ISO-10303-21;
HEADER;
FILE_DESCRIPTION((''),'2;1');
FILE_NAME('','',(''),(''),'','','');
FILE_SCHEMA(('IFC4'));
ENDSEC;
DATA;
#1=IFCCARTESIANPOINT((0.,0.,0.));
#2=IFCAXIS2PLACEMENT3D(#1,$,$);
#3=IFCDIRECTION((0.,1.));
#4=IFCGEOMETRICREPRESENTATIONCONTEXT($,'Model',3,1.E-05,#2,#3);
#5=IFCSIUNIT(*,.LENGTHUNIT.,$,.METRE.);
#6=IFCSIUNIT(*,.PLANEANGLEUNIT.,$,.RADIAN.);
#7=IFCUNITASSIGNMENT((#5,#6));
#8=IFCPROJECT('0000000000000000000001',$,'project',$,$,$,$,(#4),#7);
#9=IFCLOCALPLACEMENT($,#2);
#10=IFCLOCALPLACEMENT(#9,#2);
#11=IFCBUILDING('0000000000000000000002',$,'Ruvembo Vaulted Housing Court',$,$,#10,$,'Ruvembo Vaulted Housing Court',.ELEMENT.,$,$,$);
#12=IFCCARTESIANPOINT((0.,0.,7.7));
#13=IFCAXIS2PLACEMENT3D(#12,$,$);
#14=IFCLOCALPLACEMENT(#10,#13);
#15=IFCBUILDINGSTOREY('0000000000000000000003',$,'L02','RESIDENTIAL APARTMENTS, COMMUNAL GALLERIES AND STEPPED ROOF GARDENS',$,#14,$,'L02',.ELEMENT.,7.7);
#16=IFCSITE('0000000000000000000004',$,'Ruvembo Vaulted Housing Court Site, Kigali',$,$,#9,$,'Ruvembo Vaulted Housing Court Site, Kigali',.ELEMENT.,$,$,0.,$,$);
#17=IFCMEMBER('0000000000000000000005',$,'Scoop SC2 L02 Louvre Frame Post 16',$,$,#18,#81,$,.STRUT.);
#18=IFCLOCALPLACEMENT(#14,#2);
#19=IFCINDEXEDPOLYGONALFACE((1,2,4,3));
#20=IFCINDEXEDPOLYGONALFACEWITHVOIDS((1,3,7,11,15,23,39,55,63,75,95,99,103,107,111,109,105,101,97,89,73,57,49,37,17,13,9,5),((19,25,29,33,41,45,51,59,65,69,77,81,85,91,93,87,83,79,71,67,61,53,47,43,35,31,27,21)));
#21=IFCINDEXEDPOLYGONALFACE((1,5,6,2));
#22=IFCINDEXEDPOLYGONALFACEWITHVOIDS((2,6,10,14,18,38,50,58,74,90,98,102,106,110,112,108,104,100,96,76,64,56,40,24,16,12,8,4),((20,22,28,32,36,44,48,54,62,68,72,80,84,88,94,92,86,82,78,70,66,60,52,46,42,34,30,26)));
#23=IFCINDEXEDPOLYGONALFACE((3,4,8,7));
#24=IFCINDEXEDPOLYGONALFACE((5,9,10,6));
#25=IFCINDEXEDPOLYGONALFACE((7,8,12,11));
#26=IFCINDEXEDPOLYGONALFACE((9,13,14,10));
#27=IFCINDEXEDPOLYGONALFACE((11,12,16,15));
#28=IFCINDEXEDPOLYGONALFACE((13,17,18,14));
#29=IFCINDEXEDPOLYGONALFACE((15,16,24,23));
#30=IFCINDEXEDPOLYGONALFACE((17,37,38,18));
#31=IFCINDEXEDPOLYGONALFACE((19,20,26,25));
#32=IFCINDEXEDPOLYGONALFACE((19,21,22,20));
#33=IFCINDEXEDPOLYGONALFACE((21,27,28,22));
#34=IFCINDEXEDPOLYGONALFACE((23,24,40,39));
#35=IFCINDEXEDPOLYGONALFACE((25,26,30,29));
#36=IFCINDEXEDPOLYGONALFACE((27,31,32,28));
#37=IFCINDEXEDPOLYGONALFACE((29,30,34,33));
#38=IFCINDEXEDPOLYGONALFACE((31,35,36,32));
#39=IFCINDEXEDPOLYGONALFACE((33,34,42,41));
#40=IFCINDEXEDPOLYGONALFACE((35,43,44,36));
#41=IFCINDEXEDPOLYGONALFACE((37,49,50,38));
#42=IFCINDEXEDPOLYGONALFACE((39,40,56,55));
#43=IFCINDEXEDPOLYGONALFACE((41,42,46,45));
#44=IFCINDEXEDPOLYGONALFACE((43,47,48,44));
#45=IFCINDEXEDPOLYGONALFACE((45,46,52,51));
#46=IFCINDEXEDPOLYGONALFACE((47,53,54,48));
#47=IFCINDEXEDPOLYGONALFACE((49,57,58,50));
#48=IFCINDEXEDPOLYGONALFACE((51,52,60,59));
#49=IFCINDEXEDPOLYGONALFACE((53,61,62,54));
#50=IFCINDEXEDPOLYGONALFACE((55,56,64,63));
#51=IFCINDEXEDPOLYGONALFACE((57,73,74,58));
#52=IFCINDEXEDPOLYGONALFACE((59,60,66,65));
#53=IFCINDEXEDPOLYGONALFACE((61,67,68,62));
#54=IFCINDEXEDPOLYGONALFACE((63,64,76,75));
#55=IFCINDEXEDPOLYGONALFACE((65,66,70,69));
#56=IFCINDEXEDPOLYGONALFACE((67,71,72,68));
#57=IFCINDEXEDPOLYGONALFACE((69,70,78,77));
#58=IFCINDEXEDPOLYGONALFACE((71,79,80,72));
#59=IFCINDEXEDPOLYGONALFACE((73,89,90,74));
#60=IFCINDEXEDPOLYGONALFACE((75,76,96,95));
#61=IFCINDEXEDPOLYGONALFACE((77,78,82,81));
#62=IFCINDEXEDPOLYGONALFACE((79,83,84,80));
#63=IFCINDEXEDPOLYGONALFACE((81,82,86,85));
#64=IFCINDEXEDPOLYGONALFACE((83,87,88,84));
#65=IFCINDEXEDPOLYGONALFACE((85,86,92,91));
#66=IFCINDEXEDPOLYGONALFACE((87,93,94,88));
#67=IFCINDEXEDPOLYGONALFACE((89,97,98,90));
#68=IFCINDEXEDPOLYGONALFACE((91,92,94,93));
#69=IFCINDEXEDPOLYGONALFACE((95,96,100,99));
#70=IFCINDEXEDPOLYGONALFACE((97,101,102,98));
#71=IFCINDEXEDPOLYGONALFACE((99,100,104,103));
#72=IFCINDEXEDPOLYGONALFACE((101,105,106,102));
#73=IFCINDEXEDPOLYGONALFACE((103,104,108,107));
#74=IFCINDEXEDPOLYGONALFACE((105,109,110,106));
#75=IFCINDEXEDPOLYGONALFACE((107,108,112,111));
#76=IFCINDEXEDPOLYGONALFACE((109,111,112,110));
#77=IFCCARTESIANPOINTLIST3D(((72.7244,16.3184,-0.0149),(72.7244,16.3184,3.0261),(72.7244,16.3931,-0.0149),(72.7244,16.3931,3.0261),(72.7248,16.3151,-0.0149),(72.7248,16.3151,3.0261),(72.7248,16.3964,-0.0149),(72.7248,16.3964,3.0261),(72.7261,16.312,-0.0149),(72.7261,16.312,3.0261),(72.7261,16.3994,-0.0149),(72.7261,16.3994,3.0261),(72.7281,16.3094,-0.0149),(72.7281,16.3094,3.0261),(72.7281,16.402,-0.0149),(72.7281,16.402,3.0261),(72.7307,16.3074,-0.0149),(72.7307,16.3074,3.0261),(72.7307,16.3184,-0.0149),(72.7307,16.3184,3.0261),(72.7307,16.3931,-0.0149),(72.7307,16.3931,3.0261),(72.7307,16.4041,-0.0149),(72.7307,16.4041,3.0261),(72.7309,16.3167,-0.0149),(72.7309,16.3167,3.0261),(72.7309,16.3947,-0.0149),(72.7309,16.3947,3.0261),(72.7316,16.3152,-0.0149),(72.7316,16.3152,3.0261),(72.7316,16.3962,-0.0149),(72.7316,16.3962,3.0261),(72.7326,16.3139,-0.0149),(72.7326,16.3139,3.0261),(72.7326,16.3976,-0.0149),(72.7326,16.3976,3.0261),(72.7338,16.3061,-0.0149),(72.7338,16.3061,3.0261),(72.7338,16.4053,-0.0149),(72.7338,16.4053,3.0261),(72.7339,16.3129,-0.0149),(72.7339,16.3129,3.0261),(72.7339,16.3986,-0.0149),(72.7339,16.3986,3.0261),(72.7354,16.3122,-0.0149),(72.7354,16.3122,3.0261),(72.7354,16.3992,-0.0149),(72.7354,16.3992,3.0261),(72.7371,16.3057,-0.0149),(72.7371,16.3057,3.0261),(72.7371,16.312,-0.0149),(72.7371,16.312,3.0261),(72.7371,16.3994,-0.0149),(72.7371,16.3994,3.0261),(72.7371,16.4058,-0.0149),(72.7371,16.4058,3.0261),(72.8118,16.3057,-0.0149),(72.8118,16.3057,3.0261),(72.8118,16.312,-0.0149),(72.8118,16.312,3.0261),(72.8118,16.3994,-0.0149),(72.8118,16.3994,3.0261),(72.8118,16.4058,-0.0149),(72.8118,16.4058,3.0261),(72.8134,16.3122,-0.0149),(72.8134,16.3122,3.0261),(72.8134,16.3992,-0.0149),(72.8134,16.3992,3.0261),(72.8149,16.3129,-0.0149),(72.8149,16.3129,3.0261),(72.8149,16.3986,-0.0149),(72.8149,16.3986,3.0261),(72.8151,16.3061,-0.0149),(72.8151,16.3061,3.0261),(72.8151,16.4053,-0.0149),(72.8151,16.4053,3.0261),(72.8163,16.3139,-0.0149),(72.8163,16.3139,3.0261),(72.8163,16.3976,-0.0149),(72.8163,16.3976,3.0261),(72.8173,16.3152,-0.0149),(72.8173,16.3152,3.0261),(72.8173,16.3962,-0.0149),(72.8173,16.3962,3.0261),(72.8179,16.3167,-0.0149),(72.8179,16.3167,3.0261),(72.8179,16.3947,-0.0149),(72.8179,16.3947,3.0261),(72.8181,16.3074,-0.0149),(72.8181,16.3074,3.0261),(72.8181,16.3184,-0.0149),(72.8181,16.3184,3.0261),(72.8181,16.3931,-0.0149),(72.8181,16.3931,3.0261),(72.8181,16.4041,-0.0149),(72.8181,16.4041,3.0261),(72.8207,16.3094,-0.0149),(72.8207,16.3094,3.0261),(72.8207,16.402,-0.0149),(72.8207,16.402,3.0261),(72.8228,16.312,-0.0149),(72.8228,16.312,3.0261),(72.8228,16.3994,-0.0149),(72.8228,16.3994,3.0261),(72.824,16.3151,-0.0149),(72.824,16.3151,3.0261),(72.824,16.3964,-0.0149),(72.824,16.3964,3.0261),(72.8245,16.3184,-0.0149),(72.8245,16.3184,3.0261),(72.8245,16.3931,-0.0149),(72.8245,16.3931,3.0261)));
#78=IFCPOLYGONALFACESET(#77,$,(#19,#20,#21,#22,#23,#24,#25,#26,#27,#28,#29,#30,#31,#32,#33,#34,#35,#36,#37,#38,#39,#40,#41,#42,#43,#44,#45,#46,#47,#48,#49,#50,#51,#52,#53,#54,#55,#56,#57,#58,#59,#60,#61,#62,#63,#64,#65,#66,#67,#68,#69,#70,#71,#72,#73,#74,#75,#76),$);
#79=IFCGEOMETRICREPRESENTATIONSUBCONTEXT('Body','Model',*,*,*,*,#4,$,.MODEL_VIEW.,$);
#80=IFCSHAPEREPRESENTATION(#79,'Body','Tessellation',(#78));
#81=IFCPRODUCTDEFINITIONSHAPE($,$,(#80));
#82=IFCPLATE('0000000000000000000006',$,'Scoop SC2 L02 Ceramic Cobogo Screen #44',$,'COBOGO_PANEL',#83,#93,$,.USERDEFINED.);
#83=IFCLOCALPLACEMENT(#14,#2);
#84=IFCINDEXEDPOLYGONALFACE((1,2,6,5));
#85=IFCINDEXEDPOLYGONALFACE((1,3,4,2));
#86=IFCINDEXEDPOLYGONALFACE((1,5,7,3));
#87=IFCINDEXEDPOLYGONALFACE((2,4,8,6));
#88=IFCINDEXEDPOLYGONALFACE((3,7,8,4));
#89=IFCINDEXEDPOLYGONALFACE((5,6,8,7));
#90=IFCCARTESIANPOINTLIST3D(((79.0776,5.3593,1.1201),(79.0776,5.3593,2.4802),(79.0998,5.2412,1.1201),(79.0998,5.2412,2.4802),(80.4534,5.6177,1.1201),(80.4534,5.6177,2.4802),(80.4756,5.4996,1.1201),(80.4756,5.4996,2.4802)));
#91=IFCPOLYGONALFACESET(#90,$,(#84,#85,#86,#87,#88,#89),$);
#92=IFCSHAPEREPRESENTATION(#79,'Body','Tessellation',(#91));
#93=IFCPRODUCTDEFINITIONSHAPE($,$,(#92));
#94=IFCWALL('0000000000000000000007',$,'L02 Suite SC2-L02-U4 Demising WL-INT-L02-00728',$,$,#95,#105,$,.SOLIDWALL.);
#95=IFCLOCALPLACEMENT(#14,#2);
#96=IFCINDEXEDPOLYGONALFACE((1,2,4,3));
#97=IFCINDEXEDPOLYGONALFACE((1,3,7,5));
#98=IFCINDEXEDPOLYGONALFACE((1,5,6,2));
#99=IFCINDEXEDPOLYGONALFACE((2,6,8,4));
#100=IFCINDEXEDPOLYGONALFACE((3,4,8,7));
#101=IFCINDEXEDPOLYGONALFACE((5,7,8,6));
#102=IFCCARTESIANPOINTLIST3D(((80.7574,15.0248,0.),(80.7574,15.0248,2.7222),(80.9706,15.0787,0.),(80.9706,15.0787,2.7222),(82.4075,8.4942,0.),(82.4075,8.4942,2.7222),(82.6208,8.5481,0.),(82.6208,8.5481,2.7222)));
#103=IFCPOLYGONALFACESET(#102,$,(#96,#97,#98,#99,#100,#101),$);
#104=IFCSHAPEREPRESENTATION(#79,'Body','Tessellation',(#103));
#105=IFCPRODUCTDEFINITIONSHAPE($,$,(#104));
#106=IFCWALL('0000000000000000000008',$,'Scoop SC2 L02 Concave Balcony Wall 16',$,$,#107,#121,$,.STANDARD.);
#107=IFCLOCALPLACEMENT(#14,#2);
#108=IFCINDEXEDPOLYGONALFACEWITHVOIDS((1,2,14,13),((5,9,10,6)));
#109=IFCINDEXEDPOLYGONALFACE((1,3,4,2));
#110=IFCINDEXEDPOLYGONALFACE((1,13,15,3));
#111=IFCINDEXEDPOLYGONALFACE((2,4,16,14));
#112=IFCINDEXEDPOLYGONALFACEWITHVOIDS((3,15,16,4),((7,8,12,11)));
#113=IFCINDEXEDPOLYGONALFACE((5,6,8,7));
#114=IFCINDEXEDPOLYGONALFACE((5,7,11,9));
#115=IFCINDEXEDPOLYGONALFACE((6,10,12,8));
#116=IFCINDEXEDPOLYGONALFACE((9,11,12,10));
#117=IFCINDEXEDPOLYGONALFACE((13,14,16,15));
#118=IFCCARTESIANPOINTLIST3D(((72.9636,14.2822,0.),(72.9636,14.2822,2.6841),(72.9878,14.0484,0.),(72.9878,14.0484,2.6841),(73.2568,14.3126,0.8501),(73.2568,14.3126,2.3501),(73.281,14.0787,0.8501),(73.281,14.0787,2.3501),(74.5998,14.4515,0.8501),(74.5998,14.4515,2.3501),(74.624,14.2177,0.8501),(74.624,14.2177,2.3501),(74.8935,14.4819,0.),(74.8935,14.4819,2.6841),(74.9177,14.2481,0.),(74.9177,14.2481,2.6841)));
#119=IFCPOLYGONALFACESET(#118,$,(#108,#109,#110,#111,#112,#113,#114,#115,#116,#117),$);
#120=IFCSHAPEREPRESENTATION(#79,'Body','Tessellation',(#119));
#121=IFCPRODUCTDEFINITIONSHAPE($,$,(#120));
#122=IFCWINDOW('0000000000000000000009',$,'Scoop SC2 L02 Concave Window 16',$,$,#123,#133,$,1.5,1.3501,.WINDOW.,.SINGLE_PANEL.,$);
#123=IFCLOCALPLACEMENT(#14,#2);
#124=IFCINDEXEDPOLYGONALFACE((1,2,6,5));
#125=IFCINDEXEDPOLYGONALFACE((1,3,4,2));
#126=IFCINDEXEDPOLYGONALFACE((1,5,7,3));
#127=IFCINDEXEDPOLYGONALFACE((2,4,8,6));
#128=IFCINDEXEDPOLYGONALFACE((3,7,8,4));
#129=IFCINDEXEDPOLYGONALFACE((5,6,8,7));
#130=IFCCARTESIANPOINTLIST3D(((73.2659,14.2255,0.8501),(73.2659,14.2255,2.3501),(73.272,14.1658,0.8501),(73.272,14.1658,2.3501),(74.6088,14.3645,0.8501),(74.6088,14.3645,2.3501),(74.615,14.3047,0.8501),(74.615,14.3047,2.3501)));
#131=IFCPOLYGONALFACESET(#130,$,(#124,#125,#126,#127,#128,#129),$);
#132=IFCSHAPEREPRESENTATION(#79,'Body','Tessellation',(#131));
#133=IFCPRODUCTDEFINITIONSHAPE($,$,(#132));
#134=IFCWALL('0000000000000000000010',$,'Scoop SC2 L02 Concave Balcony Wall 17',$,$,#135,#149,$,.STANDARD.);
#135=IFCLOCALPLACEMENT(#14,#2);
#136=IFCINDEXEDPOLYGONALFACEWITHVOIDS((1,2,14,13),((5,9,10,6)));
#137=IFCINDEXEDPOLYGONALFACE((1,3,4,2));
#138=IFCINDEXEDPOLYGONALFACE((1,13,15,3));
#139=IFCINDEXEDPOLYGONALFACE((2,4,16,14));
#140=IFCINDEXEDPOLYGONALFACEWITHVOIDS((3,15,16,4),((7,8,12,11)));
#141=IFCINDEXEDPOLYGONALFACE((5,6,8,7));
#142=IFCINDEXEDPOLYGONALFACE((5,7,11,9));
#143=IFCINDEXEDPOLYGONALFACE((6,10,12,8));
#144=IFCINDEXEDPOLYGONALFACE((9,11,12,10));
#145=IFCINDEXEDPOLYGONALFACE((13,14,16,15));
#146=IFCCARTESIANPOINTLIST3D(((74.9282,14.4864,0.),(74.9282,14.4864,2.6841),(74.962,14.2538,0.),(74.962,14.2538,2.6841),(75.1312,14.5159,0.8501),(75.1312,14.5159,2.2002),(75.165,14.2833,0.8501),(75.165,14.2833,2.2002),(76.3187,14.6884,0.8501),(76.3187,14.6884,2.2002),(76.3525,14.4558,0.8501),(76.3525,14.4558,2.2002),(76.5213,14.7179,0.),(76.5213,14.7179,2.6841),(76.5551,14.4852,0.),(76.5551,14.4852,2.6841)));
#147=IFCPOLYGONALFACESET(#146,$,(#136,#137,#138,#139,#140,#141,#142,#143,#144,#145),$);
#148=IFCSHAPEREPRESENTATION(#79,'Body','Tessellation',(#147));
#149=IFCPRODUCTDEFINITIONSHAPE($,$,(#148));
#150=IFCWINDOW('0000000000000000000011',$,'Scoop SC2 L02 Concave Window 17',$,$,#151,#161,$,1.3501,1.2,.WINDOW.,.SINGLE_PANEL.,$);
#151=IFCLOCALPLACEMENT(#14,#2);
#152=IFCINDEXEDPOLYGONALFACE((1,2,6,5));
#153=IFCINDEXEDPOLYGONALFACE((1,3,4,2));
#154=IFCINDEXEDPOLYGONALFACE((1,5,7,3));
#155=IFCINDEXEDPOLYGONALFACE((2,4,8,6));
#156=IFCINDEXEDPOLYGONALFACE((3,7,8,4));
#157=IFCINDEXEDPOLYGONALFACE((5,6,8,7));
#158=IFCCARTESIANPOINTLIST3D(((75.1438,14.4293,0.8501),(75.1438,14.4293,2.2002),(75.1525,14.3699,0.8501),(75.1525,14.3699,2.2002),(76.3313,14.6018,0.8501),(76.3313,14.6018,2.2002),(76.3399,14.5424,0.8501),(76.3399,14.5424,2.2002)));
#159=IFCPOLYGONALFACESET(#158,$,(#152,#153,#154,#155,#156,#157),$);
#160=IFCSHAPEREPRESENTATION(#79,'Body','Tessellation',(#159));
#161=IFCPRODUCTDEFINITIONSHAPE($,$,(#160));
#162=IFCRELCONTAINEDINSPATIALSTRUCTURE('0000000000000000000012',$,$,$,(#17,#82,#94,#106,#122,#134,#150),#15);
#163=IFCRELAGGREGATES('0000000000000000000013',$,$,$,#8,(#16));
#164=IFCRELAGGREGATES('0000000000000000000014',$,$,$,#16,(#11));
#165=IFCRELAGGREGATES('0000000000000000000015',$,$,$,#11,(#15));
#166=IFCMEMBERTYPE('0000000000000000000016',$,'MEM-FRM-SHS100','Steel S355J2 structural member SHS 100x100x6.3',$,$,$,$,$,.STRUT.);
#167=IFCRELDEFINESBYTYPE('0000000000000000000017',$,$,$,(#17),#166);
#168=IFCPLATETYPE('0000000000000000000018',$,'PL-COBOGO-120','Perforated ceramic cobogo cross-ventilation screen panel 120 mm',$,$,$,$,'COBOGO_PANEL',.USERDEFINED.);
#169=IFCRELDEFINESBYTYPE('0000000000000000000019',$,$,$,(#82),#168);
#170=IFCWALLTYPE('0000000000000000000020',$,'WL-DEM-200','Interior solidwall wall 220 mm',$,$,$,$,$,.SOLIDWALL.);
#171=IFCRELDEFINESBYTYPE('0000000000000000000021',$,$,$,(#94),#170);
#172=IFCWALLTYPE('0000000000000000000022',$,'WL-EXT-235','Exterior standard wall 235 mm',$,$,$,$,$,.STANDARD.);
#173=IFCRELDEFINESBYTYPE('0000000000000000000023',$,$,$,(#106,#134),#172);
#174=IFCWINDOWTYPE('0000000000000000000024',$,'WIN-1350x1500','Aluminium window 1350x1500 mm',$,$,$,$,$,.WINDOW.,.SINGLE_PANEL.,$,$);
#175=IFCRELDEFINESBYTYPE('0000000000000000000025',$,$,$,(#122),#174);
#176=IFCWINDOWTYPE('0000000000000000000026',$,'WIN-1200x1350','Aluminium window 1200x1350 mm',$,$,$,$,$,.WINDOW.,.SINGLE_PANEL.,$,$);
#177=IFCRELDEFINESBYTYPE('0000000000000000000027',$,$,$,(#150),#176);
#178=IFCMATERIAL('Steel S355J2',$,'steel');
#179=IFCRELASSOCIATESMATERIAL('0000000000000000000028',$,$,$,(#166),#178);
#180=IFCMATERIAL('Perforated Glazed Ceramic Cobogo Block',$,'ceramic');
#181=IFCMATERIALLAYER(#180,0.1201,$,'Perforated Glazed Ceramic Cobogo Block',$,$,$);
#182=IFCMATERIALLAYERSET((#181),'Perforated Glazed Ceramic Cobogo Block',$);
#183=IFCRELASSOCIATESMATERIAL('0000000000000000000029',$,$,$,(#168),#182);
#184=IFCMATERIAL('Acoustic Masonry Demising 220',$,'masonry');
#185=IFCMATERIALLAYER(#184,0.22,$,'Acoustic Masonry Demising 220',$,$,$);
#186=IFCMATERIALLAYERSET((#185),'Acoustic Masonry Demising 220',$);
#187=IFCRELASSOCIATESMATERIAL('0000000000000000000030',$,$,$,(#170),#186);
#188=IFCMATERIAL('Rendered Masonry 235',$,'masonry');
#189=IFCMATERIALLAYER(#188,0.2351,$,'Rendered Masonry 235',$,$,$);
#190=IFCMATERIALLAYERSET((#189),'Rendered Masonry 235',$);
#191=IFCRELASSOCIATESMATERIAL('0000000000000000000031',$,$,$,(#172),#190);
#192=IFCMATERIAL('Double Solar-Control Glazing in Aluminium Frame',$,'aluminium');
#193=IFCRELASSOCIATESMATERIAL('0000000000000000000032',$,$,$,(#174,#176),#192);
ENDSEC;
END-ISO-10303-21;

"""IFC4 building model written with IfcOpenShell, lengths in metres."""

from ifc_helpers import new_model, si_unit, direction, frame, frame_2d, origin, origin_2d, place, context, subcontext, project, spatial, rectangle, hollow_rectangle, extrude, material, layer, layer_set, material_profile, profile_set, type_object, element, fill, save


model = new_model("IFC4")

# Units and contexts
model_context = context("Model", 3, precision=1e-05, world=origin(), true_north=direction((0.0, 1.0)))
body_context = subcontext(model_context, "Body", "Model", "MODEL_VIEW")
ifc_project = project(units=[si_unit("LENGTHUNIT", "METRE"), si_unit("PLANEANGLEUNIT", "RADIAN")], contexts=[model_context])

# Site, building, storey
site_placement = place(None, origin())
site = spatial("IfcSite", under=ifc_project, at=site_placement, Name="Ruvembo Vaulted Housing Court Site, Kigali", LongName="Ruvembo Vaulted Housing Court Site, Kigali", CompositionType="ELEMENT", RefElevation=0.0)
building_placement = place(site_placement, origin())
building = spatial("IfcBuilding", under=site, at=building_placement, Name="Ruvembo Vaulted Housing Court", LongName="Ruvembo Vaulted Housing Court", CompositionType="ELEMENT")
storey_placement = place(building_placement, frame((0.0, 0.0, 7.7)))
storey = spatial("IfcBuildingStorey", under=building, at=storey_placement, Name="L02", Description="RESIDENTIAL APARTMENTS, COMMUNAL GALLERIES AND STEPPED ROOF GARDENS", LongName="L02", CompositionType="ELEMENT", Elevation=7.7)

# Shared definitions
ifc_material_1 = material(Name="Steel S355J2", Category="steel")

# Member
ifc_material_profile_1 = material_profile(ifc_material_1, hollow_rectangle(XDim=0.1001, YDim=0.1001, WallThickness=0.0063, InnerFilletRadius=0.0063, OuterFilletRadius=0.0127, at=origin_2d()), Name="SHS 100x100x6.3")
ifc_profile_set_1 = profile_set([ifc_material_profile_1], Name="Steel S355J2")
member_type_1 = type_object("IfcMemberType", Name="MEM-FRM-SHS100", Description="Steel S355J2 structural member SHS 100x100x6.3", PredefinedType="STRUT", material=ifc_profile_set_1)
member_1_placement = place(storey_placement, frame((72.7744, 16.3557, -0.0149), z_axis=(0.0, 0.0, 1.0), x_axis=(1.0, 0.0, 0.0)))
element("IfcMember", 1, at=member_1_placement, inside=storey, type_object=member_type_1, Name="Scoop SC2 L02 Louvre Frame Post 16", PredefinedType="STRUT", context=body_context, shape_type="SweptSolid", body=[
    extrude(hollow_rectangle(XDim=0.1001, YDim=0.1001, WallThickness=0.0063, InnerFilletRadius=0.0063, OuterFilletRadius=0.0127, at=origin_2d()), origin(), (0.0, 0.0, 1.0), 3.041),
])

# Plate
ifc_material_2 = material(Name="Perforated Glazed Ceramic Cobogo Block", Category="ceramic")
ifc_layer_1 = layer(ifc_material_2, 0.1201, Name="Perforated Glazed Ceramic Cobogo Block")
ifc_layer_set_1 = layer_set([ifc_layer_1], Name="Perforated Glazed Ceramic Cobogo Block")
plate_type = type_object("IfcPlateType", Name="PL-COBOGO-120", Description="Perforated ceramic cobogo cross-ventilation screen panel 120 mm", ElementType="COBOGO_PANEL", PredefinedType="USERDEFINED", material=ifc_layer_set_1)
plate_placement = place(storey_placement, frame((79.7766, 5.4294, 1.1201), z_axis=(0.0, 0.0, 1.0), x_axis=(0.982816, 0.184586, 0.0)))
element("IfcPlate", 2, at=plate_placement, inside=storey, type_object=plate_type, Name="Scoop SC2 L02 Ceramic Cobogo Screen #44", ObjectType="COBOGO_PANEL", PredefinedType="USERDEFINED", context=body_context, shape_type="SweptSolid", body=[
    extrude(rectangle(XDim=1.3999, YDim=0.1201, at=origin_2d()), origin(), (0.0, 0.0, 1.0), 1.3601),
])

# Wall
ifc_material_3 = material(Name="Acoustic Masonry Demising 220", Category="masonry")
ifc_layer_2 = layer(ifc_material_3, 0.22, Name="Acoustic Masonry Demising 220")
ifc_layer_set_2 = layer_set([ifc_layer_2], Name="Acoustic Masonry Demising 220")
wall_type_1 = type_object("IfcWallType", Name="WL-DEM-200", Description="Interior solidwall wall 220 mm", PredefinedType="SOLIDWALL", material=ifc_layer_set_2)
wall_1_placement = place(storey_placement, frame((80.864, 15.0518, 0.0), z_axis=(0.0, 0.0, 1.0), x_axis=(0.244982, -0.969528, 0.0)))
element("IfcWall", 3, at=wall_1_placement, inside=storey, type_object=wall_type_1, Name="L02 Suite SC2-L02-U4 Demising WL-INT-L02-00728", PredefinedType="SOLIDWALL", context=body_context, shape_type="SweptSolid", body=[
    extrude(rectangle(XDim=6.7358, YDim=0.22, at=frame_2d((3.3679, 0.0))), origin(), (0.0, 0.0, 1.0), 2.7222),
])

# Walls, openings, windows
ifc_material_4 = material(Name="Rendered Masonry 235", Category="masonry")
ifc_layer_3 = layer(ifc_material_4, 0.2351, Name="Rendered Masonry 235")
ifc_layer_set_3 = layer_set([ifc_layer_3], Name="Rendered Masonry 235")
wall_type_2 = type_object("IfcWallType", Name="WL-EXT-235", Description="Exterior standard wall 235 mm", PredefinedType="STANDARD", material=ifc_layer_set_3)
wall_2_placement = place(storey_placement, frame((72.9756, 14.1653, 0.0), z_axis=(0.0, 0.0, 1.0), x_axis=(0.994689, 0.102929, 0.0)))
wall_2 = element("IfcWall", 4, at=wall_2_placement, inside=storey, type_object=wall_type_2, Name="Scoop SC2 L02 Concave Balcony Wall 16", PredefinedType="STANDARD", context=body_context, shape_type="SweptSolid", body=[
    extrude(rectangle(XDim=1.9402, YDim=0.2351, at=frame_2d((0.9702, 0.0))), origin(), (0.0, 0.0, 1.0), 2.6841),
])
opening_1_placement = place(wall_2_placement, frame((0.2949, 0.0, 0.8501)))
opening_1 = element("IfcOpeningElement", 5, at=opening_1_placement, cuts=wall_2, PredefinedType="OPENING", context=body_context, shape_type="SweptSolid", body=[
    extrude(rectangle(XDim=1.3501, YDim=1.5, at=frame_2d((0.675, 0.75))), frame((0.0, 0.1274, 0.0), z_axis=(0.0, -1.0, 0.0), x_axis=(1.0, 0.0, 0.0)), (0.0, 0.0, 1.0), 0.2551),
])
ifc_material_5 = material(Name="Double Solar-Control Glazing in Aluminium Frame", Category="aluminium")
window_type_1 = type_object("IfcWindowType", Name="WIN-1350x1500", Description="Aluminium window 1350x1500 mm", PartitioningType="SINGLE_PANEL", PredefinedType="WINDOW", material=ifc_material_5)
window_1_placement = place(opening_1_placement, origin())
window_1 = element("IfcWindow", 6, at=window_1_placement, inside=storey, type_object=window_type_1, Name="Scoop SC2 L02 Concave Window 16", OverallHeight=1.5, OverallWidth=1.3501, PartitioningType="SINGLE_PANEL", PredefinedType="WINDOW", context=body_context, shape_type="SweptSolid", body=[
    extrude(rectangle(XDim=1.3501, YDim=1.5, at=frame_2d((0.675, 0.75))), frame((0.0, 0.03, 0.0), z_axis=(0.0, -1.0, 0.0), x_axis=(1.0, 0.0, 0.0)), (0.0, 0.0, 1.0), 0.0601),
])
fill(opening_1, window_1)
wall_3_placement = place(storey_placement, frame((74.9451, 14.3701, 0.0), z_axis=(0.0, 0.0, 1.0), x_axis=(0.989613, 0.143756, 0.0)))
wall_3 = element("IfcWall", 7, at=wall_3_placement, inside=storey, type_object=wall_type_2, Name="Scoop SC2 L02 Concave Balcony Wall 17", PredefinedType="STANDARD", context=body_context, shape_type="SweptSolid", body=[
    extrude(rectangle(XDim=1.6099, YDim=0.2351, at=frame_2d((0.8049, 0.0))), origin(), (0.0, 0.0, 1.0), 2.6841),
])
opening_2_placement = place(wall_3_placement, frame((0.2051, 0.0, 0.8501)))
opening_2 = element("IfcOpeningElement", 8, at=opening_2_placement, cuts=wall_3, PredefinedType="OPENING", context=body_context, shape_type="SweptSolid", body=[
    extrude(rectangle(XDim=1.2, YDim=1.3501, at=frame_2d((0.6001, 0.675))), frame((0.0, 0.1274, 0.0), z_axis=(0.0, -1.0, 0.0), x_axis=(1.0, 0.0, 0.0)), (0.0, 0.0, 1.0), 0.2551),
])
window_type_2 = type_object("IfcWindowType", Name="WIN-1200x1350", Description="Aluminium window 1200x1350 mm", PartitioningType="SINGLE_PANEL", PredefinedType="WINDOW", material=ifc_material_5)
window_2_placement = place(opening_2_placement, origin())
window_2 = element("IfcWindow", 9, at=window_2_placement, inside=storey, type_object=window_type_2, Name="Scoop SC2 L02 Concave Window 17", OverallHeight=1.3501, OverallWidth=1.2, PartitioningType="SINGLE_PANEL", PredefinedType="WINDOW", context=body_context, shape_type="SweptSolid", body=[
    extrude(rectangle(XDim=1.2, YDim=1.3501, at=frame_2d((0.6001, 0.675))), frame((0.0, 0.03, 0.0), z_axis=(0.0, -1.0, 0.0), x_axis=(1.0, 0.0, 0.0)), (0.0, 0.0, 1.0), 0.0601),
])
fill(opening_2, window_2)

save(model, "model.ifc")
